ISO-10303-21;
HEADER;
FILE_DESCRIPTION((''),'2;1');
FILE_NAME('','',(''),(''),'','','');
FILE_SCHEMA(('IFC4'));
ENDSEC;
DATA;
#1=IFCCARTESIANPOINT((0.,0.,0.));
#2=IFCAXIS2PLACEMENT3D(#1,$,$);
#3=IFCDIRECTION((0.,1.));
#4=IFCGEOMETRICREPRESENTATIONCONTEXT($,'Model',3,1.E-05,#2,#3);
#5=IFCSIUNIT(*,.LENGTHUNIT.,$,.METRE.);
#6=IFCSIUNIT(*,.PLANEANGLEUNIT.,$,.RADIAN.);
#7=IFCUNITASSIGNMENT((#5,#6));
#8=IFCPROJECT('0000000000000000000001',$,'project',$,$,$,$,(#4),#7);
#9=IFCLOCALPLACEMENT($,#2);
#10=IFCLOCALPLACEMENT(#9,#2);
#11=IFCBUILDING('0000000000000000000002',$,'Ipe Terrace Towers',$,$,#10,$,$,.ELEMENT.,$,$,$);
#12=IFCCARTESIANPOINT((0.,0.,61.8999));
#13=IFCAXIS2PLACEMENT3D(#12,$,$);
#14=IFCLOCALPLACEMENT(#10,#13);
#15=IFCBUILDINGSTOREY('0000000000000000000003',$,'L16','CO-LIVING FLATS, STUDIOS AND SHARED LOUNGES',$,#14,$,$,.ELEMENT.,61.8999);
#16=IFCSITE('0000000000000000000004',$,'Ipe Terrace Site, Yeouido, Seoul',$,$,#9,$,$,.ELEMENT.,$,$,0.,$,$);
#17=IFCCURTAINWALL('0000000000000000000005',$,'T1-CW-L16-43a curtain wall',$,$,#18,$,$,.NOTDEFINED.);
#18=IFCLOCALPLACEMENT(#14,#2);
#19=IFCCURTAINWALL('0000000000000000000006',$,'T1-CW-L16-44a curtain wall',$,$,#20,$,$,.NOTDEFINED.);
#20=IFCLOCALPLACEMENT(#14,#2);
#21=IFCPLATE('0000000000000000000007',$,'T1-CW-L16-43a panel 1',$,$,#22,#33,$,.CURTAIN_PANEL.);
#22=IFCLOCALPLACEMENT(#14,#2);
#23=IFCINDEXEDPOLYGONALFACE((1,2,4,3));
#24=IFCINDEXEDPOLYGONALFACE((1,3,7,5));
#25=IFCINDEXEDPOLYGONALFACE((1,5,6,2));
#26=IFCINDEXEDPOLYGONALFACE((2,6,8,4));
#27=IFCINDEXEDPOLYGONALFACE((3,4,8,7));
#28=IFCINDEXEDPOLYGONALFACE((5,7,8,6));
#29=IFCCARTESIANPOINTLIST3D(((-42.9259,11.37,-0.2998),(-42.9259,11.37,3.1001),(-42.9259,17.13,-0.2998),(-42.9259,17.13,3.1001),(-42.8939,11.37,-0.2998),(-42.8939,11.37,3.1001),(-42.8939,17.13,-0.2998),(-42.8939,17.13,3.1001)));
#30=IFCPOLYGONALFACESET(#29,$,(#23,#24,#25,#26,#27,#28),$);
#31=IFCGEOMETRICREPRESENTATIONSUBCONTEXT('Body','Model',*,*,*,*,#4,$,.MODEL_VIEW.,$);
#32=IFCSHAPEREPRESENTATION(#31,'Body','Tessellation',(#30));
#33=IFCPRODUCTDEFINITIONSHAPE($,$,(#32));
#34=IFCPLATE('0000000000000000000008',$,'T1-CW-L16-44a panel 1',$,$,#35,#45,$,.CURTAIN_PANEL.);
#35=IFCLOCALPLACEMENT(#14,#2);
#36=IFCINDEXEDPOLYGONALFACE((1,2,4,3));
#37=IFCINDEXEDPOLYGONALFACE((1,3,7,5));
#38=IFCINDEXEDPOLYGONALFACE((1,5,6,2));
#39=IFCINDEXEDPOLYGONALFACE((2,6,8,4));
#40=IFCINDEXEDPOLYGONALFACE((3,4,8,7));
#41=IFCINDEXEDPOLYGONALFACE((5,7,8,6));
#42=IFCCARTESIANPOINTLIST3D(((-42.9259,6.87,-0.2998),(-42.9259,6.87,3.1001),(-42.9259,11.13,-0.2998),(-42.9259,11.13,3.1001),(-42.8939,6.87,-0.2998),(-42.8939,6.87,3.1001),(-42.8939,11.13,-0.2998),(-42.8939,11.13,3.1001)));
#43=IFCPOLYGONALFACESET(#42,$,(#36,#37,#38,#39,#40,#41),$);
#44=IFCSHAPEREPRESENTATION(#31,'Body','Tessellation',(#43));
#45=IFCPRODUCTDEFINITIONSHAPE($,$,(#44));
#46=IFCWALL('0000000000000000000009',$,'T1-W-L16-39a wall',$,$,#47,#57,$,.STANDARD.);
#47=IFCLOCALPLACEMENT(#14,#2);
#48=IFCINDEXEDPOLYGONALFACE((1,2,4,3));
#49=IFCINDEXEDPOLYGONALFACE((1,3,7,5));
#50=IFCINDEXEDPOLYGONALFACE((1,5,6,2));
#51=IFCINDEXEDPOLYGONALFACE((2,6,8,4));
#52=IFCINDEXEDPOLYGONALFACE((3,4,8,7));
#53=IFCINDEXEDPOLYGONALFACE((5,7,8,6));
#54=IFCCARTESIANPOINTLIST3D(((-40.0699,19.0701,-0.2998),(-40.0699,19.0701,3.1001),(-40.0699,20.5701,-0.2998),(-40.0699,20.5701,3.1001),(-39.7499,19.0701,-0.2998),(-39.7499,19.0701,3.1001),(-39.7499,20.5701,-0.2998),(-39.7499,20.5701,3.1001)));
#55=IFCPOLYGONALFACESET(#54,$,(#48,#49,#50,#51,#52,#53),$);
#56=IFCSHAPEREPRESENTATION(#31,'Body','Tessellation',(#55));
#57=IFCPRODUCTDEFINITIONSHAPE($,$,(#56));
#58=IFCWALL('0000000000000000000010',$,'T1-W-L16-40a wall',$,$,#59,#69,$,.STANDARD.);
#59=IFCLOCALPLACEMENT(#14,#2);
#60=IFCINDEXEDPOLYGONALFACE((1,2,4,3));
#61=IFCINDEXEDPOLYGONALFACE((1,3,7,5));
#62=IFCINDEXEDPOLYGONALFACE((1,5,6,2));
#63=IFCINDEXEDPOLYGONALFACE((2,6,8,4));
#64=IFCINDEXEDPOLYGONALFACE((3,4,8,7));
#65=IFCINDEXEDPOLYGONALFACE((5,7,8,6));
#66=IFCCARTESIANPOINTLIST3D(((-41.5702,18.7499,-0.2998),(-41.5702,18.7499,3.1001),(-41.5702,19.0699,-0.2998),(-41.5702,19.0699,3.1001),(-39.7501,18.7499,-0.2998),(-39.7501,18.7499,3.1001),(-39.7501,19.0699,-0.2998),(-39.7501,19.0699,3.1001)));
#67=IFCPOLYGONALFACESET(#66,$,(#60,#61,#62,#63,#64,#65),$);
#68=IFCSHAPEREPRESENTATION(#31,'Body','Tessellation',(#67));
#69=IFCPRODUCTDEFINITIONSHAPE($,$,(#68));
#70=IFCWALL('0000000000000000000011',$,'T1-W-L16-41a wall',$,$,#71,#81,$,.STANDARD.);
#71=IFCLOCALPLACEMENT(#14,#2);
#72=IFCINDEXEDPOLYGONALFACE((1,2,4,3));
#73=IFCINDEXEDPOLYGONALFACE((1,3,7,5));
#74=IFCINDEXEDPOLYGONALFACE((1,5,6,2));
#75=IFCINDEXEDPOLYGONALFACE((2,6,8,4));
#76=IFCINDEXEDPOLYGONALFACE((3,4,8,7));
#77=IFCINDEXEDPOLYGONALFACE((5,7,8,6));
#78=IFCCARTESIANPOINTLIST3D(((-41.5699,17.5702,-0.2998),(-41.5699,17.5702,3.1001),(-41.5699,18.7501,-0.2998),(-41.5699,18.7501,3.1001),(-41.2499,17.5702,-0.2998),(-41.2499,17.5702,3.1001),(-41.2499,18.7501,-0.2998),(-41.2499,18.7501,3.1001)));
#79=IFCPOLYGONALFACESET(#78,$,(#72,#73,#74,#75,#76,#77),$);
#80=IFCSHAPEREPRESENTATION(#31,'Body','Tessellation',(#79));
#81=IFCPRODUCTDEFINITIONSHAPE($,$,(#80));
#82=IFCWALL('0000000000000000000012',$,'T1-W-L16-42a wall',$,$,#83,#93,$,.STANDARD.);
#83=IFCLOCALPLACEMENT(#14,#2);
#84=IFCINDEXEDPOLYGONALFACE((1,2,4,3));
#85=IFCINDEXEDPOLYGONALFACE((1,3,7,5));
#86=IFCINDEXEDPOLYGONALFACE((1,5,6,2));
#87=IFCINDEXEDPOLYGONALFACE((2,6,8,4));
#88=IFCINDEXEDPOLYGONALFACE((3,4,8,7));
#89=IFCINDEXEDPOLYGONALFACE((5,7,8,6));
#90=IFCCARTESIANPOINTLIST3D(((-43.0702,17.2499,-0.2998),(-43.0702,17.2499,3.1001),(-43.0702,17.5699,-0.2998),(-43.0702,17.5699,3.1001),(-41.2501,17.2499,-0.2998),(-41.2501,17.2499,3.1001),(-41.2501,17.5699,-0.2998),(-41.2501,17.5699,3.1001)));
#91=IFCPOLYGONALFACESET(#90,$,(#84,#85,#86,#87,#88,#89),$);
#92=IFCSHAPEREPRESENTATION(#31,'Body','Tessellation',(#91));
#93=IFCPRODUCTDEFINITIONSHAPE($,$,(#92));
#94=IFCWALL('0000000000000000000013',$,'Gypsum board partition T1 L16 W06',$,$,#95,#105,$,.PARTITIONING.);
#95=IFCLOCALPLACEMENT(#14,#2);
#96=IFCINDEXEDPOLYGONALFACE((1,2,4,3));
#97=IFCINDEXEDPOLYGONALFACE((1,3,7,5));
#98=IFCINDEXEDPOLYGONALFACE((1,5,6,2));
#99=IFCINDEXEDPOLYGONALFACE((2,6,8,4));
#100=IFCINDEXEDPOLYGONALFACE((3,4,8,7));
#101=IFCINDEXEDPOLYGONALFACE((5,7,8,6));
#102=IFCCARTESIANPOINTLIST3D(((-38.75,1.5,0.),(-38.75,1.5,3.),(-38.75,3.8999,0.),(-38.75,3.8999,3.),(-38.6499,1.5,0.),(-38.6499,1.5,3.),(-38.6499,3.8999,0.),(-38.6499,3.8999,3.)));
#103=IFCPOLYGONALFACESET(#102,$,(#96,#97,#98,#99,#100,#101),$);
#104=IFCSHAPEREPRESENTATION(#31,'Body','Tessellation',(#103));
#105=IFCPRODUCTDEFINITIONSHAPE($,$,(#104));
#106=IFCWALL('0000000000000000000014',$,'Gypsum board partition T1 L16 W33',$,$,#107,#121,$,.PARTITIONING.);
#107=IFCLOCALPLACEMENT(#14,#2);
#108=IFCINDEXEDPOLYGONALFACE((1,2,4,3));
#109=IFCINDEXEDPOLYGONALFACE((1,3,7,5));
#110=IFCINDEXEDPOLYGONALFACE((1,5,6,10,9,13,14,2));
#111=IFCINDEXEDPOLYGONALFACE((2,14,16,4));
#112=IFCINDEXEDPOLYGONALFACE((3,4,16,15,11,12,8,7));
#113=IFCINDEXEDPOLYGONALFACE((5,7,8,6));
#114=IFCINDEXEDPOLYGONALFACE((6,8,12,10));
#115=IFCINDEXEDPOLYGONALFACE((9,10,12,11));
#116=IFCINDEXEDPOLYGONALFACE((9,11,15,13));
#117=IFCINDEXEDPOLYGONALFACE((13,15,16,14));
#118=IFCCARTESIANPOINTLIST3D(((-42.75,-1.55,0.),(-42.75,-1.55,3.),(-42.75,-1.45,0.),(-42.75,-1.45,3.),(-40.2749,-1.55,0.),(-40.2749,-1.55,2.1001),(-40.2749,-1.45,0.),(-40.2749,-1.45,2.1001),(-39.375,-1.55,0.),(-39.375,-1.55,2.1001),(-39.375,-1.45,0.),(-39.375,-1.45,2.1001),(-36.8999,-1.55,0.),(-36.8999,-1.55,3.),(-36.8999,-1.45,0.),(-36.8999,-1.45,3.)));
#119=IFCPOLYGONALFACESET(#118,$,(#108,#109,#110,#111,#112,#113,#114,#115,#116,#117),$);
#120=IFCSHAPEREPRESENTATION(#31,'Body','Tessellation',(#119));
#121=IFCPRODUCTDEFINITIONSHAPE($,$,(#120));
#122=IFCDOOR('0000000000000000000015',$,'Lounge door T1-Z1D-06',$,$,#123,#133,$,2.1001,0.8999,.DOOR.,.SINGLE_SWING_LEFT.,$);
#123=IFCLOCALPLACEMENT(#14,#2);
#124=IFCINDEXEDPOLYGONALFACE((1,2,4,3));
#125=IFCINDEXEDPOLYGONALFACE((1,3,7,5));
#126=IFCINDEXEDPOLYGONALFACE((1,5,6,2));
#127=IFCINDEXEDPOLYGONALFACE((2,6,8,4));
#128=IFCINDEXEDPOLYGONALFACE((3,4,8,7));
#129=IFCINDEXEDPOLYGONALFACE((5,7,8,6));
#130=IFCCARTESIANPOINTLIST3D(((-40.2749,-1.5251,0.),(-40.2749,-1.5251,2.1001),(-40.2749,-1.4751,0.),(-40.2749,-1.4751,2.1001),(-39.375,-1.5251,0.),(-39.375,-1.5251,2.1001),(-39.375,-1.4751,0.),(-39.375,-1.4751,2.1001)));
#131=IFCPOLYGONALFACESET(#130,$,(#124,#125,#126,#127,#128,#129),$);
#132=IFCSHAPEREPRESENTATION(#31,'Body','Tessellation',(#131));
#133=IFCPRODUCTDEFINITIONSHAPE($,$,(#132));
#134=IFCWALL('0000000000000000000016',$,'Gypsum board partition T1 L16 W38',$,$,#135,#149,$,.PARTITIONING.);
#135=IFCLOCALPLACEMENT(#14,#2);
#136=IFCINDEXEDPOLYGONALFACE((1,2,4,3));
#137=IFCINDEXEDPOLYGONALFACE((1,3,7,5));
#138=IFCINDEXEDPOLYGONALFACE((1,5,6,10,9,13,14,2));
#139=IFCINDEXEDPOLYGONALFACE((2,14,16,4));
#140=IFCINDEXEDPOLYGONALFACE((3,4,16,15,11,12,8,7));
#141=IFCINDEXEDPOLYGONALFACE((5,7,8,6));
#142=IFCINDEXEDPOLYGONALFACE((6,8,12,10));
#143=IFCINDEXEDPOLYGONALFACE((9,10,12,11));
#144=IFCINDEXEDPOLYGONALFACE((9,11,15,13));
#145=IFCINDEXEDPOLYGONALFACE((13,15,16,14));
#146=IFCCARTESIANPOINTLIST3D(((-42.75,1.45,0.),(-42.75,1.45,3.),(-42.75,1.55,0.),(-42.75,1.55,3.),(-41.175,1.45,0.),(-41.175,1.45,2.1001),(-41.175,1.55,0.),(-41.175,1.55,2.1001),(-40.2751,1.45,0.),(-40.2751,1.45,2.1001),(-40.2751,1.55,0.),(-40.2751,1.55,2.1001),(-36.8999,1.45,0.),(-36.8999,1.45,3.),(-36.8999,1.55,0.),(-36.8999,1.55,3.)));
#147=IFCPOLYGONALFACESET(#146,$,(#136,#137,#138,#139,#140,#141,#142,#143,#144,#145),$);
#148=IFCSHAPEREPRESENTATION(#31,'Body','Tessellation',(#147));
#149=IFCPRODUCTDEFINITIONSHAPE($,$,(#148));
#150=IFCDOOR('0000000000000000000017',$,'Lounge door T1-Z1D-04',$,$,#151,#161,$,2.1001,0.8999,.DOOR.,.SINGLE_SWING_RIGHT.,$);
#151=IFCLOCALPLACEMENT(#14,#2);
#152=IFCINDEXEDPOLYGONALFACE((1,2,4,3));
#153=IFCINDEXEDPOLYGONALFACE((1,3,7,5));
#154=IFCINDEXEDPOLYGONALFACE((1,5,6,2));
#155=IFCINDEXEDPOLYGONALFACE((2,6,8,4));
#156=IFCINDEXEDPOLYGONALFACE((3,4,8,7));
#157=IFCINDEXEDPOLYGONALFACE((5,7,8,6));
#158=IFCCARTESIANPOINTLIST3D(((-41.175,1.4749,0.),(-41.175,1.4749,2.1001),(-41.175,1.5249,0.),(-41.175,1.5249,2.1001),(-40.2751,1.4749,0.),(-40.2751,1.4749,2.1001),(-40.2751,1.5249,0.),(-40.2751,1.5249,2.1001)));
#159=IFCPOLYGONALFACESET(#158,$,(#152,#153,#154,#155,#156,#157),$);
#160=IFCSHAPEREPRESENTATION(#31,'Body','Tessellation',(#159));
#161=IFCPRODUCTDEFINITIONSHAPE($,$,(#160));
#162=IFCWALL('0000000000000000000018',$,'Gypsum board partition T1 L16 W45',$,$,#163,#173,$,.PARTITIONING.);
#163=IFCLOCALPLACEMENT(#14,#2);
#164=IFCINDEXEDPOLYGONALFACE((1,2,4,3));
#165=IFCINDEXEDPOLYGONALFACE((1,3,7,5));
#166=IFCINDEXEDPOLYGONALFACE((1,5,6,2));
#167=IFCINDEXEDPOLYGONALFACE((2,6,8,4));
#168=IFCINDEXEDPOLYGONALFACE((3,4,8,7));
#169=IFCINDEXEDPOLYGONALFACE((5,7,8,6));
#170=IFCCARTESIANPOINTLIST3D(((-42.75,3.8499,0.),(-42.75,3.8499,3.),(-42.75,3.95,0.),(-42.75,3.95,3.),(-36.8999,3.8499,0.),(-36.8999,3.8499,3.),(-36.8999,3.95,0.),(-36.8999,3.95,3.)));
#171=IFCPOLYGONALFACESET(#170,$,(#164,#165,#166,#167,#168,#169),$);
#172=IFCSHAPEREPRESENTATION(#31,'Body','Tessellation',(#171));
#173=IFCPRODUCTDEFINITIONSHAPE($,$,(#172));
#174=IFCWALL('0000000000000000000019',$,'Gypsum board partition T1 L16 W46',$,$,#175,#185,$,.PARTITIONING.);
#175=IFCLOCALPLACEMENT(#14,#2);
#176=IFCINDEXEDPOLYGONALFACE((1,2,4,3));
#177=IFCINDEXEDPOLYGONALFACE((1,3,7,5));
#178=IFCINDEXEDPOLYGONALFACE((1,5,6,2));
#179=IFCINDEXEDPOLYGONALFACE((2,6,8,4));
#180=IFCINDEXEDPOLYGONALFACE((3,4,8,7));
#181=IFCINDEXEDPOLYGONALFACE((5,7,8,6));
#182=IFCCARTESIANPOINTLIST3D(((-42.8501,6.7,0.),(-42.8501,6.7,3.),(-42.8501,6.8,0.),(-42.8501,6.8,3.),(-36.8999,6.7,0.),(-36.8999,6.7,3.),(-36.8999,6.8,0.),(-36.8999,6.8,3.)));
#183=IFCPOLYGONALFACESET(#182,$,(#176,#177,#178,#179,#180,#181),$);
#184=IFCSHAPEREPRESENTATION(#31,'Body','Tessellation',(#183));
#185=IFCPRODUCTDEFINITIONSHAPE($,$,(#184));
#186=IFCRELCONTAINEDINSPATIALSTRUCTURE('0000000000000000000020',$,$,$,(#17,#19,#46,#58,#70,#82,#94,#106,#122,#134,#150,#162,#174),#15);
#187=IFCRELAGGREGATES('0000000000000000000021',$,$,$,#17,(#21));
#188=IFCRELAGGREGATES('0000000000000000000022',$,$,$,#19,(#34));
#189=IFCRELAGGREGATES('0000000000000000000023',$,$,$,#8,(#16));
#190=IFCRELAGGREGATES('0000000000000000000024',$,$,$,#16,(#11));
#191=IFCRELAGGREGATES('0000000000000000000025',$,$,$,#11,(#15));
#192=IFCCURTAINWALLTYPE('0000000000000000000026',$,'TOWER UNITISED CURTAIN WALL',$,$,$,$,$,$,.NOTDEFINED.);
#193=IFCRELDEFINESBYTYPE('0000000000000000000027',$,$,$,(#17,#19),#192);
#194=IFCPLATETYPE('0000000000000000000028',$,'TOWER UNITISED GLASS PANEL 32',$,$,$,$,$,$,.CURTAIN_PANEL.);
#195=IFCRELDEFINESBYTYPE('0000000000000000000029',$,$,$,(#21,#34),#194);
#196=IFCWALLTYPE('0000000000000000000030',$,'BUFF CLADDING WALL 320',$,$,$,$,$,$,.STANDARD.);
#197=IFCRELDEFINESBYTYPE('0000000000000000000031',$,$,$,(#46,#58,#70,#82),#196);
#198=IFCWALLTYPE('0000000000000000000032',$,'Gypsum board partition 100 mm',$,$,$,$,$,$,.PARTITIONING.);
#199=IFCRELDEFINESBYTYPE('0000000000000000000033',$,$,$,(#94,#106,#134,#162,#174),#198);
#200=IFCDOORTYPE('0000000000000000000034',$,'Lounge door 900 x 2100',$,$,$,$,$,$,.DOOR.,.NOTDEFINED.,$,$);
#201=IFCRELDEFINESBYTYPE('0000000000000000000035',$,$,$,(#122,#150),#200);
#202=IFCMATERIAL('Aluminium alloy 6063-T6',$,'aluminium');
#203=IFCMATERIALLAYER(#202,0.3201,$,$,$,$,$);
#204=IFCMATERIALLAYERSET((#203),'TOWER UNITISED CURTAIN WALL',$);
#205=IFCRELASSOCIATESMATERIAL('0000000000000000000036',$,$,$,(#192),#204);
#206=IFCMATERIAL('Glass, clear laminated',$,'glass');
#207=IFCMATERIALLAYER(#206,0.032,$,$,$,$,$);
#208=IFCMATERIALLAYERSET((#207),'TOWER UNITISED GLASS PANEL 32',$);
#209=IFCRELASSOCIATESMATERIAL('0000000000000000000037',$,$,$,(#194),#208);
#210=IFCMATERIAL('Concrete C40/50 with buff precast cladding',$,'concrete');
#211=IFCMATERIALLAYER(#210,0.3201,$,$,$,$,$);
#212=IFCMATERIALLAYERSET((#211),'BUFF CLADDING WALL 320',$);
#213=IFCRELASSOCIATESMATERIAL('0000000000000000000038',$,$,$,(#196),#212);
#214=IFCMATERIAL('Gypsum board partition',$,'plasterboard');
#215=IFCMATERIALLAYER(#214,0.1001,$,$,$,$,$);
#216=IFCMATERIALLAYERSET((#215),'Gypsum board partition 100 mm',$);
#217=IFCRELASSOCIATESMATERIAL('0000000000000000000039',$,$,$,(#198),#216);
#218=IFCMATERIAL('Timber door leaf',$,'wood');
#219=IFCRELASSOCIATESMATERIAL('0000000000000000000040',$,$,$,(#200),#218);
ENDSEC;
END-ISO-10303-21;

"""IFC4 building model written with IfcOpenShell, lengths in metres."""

from ifc_helpers import new_model, si_unit, direction, frame, frame_2d, origin, origin_2d, place, context, subcontext, project, spatial, rectangle, extrude, material, layer, layer_set, type_object, element, fill, aggregate, save


model = new_model("IFC4")

# Units and contexts
model_context = context("Model", 3, precision=1e-05, world=origin(), true_north=direction((0.0, 1.0)))
body_context = subcontext(model_context, "Body", "Model", "MODEL_VIEW")
ifc_project = project(units=[si_unit("LENGTHUNIT", "METRE"), si_unit("PLANEANGLEUNIT", "RADIAN")], contexts=[model_context])

# Site, building, storey
site_placement = place(None, origin())
site = spatial("IfcSite", under=ifc_project, at=site_placement, Name="Ipe Terrace Site, Yeouido, Seoul", CompositionType="ELEMENT", RefElevation=0.0)
building_placement = place(site_placement, origin())
building = spatial("IfcBuilding", under=site, at=building_placement, Name="Ipe Terrace Towers", CompositionType="ELEMENT")
storey_placement = place(building_placement, frame((0.0, 0.0, 61.8999)))
storey = spatial("IfcBuildingStorey", under=building, at=storey_placement, Name="L16", Description="CO-LIVING FLATS, STUDIOS AND SHARED LOUNGES", CompositionType="ELEMENT", Elevation=61.8999)

# Shared definitions
ifc_material_1 = material(Name="Aluminium alloy 6063-T6", Category="aluminium")
ifc_layer_1 = layer(ifc_material_1, 0.3201)
ifc_layer_set_1 = layer_set([ifc_layer_1], Name="TOWER UNITISED CURTAIN WALL")
curtain_wall_type = type_object("IfcCurtainWallType", Name="TOWER UNITISED CURTAIN WALL", PredefinedType="NOTDEFINED", material=ifc_layer_set_1)

# Curtain walls
curtain_wall_1_placement = place(storey_placement, origin())
curtain_wall_1 = element("IfcCurtainWall", 1, at=curtain_wall_1_placement, inside=storey, type_object=curtain_wall_type, Name="T1-CW-L16-43a curtain wall", PredefinedType="NOTDEFINED")
curtain_wall_2_placement = place(storey_placement, origin())
curtain_wall_2 = element("IfcCurtainWall", 2, at=curtain_wall_2_placement, inside=storey, type_object=curtain_wall_type, Name="T1-CW-L16-44a curtain wall", PredefinedType="NOTDEFINED")

# Plates
ifc_material_2 = material(Name="Glass, clear laminated", Category="glass")
ifc_layer_2 = layer(ifc_material_2, 0.032)
ifc_layer_set_2 = layer_set([ifc_layer_2], Name="TOWER UNITISED GLASS PANEL 32")
plate_type = type_object("IfcPlateType", Name="TOWER UNITISED GLASS PANEL 32", PredefinedType="CURTAIN_PANEL", material=ifc_layer_set_2)
plate_1_placement = place(storey_placement, frame((-42.9099, 14.25, -0.2998), z_axis=(0.0, 0.0, 1.0), x_axis=(0.0, -1.0, 0.0)))
plate_1 = element("IfcPlate", 3, at=plate_1_placement, type_object=plate_type, Name="T1-CW-L16-43a panel 1", PredefinedType="CURTAIN_PANEL", context=body_context, shape_type="SweptSolid", body=[
    extrude(rectangle(XDim=5.76, YDim=0.032, at=origin_2d()), origin(), (0.0, 0.0, 1.0), 3.3999),
])
aggregate(curtain_wall_1, [plate_1])
plate_2_placement = place(storey_placement, frame((-42.9099, 9.0, -0.2998), z_axis=(0.0, 0.0, 1.0), x_axis=(0.0, -1.0, 0.0)))
plate_2 = element("IfcPlate", 4, at=plate_2_placement, type_object=plate_type, Name="T1-CW-L16-44a panel 1", PredefinedType="CURTAIN_PANEL", context=body_context, shape_type="SweptSolid", body=[
    extrude(rectangle(XDim=4.26, YDim=0.032, at=origin_2d()), origin(), (0.0, 0.0, 1.0), 3.3999),
])
aggregate(curtain_wall_2, [plate_2])

# Walls
ifc_material_3 = material(Name="Concrete C40/50 with buff precast cladding", Category="concrete")
ifc_layer_3 = layer(ifc_material_3, 0.3201)
ifc_layer_set_3 = layer_set([ifc_layer_3], Name="BUFF CLADDING WALL 320")
wall_type_1 = type_object("IfcWallType", Name="BUFF CLADDING WALL 320", PredefinedType="STANDARD", material=ifc_layer_set_3)
wall_1_placement = place(storey_placement, frame((-39.9099, 20.5701, -0.2998), z_axis=(0.0, 0.0, 1.0), x_axis=(0.0, -1.0, 0.0)))
element("IfcWall", 5, at=wall_1_placement, inside=storey, type_object=wall_type_1, Name="T1-W-L16-39a wall", PredefinedType="STANDARD", context=body_context, shape_type="SweptSolid", body=[
    extrude(rectangle(XDim=1.5, YDim=0.3201, at=frame_2d((0.75, 0.0))), origin(), (0.0, 0.0, 1.0), 3.3999),
])
wall_2_placement = place(storey_placement, frame((-39.75, 18.9099, -0.2998), z_axis=(0.0, 0.0, 1.0), x_axis=(-1.0, 0.0, 0.0)))
element("IfcWall", 6, at=wall_2_placement, inside=storey, type_object=wall_type_1, Name="T1-W-L16-40a wall", PredefinedType="STANDARD", context=body_context, shape_type="SweptSolid", body=[
    extrude(rectangle(XDim=1.8201, YDim=0.3201, at=frame_2d((0.9102, 0.0))), origin(), (0.0, 0.0, 1.0), 3.3999),
])
wall_3_placement = place(storey_placement, frame((-41.4099, 18.75, -0.2998), z_axis=(0.0, 0.0, 1.0), x_axis=(0.0, -1.0, 0.0)))
element("IfcWall", 7, at=wall_3_placement, inside=storey, type_object=wall_type_1, Name="T1-W-L16-41a wall", PredefinedType="STANDARD", context=body_context, shape_type="SweptSolid", body=[
    extrude(rectangle(XDim=1.1799, YDim=0.3201, at=frame_2d((0.5898, 0.0))), origin(), (0.0, 0.0, 1.0), 3.3999),
])
wall_4_placement = place(storey_placement, frame((-41.25, 17.4099, -0.2998), z_axis=(0.0, 0.0, 1.0), x_axis=(-1.0, 0.0, 0.0)))
element("IfcWall", 8, at=wall_4_placement, inside=storey, type_object=wall_type_1, Name="T1-W-L16-42a wall", PredefinedType="STANDARD", context=body_context, shape_type="SweptSolid", body=[
    extrude(rectangle(XDim=1.8201, YDim=0.3201, at=frame_2d((0.9102, 0.0))), origin(), (0.0, 0.0, 1.0), 3.3999),
])
ifc_material_4 = material(Name="Gypsum board partition", Category="plasterboard")
ifc_layer_4 = layer(ifc_material_4, 0.1001)
ifc_layer_set_4 = layer_set([ifc_layer_4], Name="Gypsum board partition 100 mm")
wall_type_2 = type_object("IfcWallType", Name="Gypsum board partition 100 mm", PredefinedType="PARTITIONING", material=ifc_layer_set_4)
wall_5_placement = place(storey_placement, frame((-38.7, 1.5, 0.0), z_axis=(0.0, 0.0, 1.0), x_axis=(0.0, 1.0, 0.0)))
element("IfcWall", 9, at=wall_5_placement, inside=storey, type_object=wall_type_2, Name="Gypsum board partition T1 L16 W06", PredefinedType="PARTITIONING", context=body_context, shape_type="SweptSolid", body=[
    extrude(rectangle(XDim=2.3999, YDim=0.1001, at=frame_2d((1.2, 0.0))), origin(), (0.0, 0.0, 1.0), 3.0),
])

# Walls, openings, doors
wall_6_placement = place(storey_placement, frame((-42.75, -1.5, 0.0), z_axis=(0.0, 0.0, 1.0), x_axis=(1.0, 0.0, 0.0)))
wall_6 = element("IfcWall", 10, at=wall_6_placement, inside=storey, type_object=wall_type_2, Name="Gypsum board partition T1 L16 W33", PredefinedType="PARTITIONING", context=body_context, shape_type="SweptSolid", body=[
    extrude(rectangle(XDim=5.8501, YDim=0.1001, at=frame_2d((2.925, 0.0))), origin(), (0.0, 0.0, 1.0), 3.0),
])
opening_1_placement = place(wall_6_placement, frame((2.4751, 0.0, 0.0)))
opening_1 = element("IfcOpeningElement", 11, at=opening_1_placement, cuts=wall_6, PredefinedType="OPENING", context=body_context, shape_type="SweptSolid", body=[
    extrude(rectangle(XDim=0.8999, YDim=2.1001, at=frame_2d((0.45, 1.05))), frame((0.0, 0.0601, 0.0), z_axis=(0.0, -1.0, 0.0), x_axis=(1.0, 0.0, 0.0)), (0.0, 0.0, 1.0), 0.1201),
])
ifc_material_5 = material(Name="Timber door leaf", Category="wood")
door_type_1 = type_object("IfcDoorType", Name="Lounge door 900 x 2100", OperationType="NOTDEFINED", PredefinedType="DOOR", material=ifc_material_5)
door_1_placement = place(opening_1_placement, origin())
door_1 = element("IfcDoor", 12, at=door_1_placement, inside=storey, type_object=door_type_1, Name="Lounge door T1-Z1D-06", OperationType="SINGLE_SWING_LEFT", OverallHeight=2.1001, OverallWidth=0.8999, PredefinedType="DOOR", context=body_context, shape_type="SweptSolid", body=[
    extrude(rectangle(XDim=0.8999, YDim=2.1001, at=frame_2d((0.45, 1.05))), frame((0.0, 0.0249, 0.0), z_axis=(0.0, -1.0, 0.0), x_axis=(1.0, 0.0, 0.0)), (0.0, 0.0, 1.0), 0.05),
])
fill(opening_1, door_1)
wall_7_placement = place(storey_placement, frame((-42.75, 1.5, 0.0), z_axis=(0.0, 0.0, 1.0), x_axis=(1.0, 0.0, 0.0)))
wall_7 = element("IfcWall", 13, at=wall_7_placement, inside=storey, type_object=wall_type_2, Name="Gypsum board partition T1 L16 W38", PredefinedType="PARTITIONING", context=body_context, shape_type="SweptSolid", body=[
    extrude(rectangle(XDim=5.8501, YDim=0.1001, at=frame_2d((2.925, 0.0))), origin(), (0.0, 0.0, 1.0), 3.0),
])
opening_2_placement = place(wall_7_placement, frame((1.575, 0.0, 0.0)))
opening_2 = element("IfcOpeningElement", 14, at=opening_2_placement, cuts=wall_7, PredefinedType="OPENING", context=body_context, shape_type="SweptSolid", body=[
    extrude(rectangle(XDim=0.8999, YDim=2.1001, at=frame_2d((0.45, 1.05))), frame((0.0, 0.0601, 0.0), z_axis=(0.0, -1.0, 0.0), x_axis=(1.0, 0.0, 0.0)), (0.0, 0.0, 1.0), 0.1201),
])
door_2_placement = place(opening_2_placement, origin())
door_2 = element("IfcDoor", 15, at=door_2_placement, inside=storey, type_object=door_type_1, Name="Lounge door T1-Z1D-04", OperationType="SINGLE_SWING_RIGHT", OverallHeight=2.1001, OverallWidth=0.8999, PredefinedType="DOOR", context=body_context, shape_type="SweptSolid", body=[
    extrude(rectangle(XDim=0.8999, YDim=2.1001, at=frame_2d((0.45, 1.05))), frame((0.0, 0.0249, 0.0), z_axis=(0.0, -1.0, 0.0), x_axis=(1.0, 0.0, 0.0)), (0.0, 0.0, 1.0), 0.05),
])
fill(opening_2, door_2)

# Walls
wall_8_placement = place(storey_placement, frame((-42.75, 3.8999, 0.0), z_axis=(0.0, 0.0, 1.0), x_axis=(1.0, 0.0, 0.0)))
element("IfcWall", 16, at=wall_8_placement, inside=storey, type_object=wall_type_2, Name="Gypsum board partition T1 L16 W45", PredefinedType="PARTITIONING", context=body_context, shape_type="SweptSolid", body=[
    extrude(rectangle(XDim=5.8501, YDim=0.1001, at=frame_2d((2.925, 0.0))), origin(), (0.0, 0.0, 1.0), 3.0),
])
wall_9_placement = place(storey_placement, frame((-42.8501, 6.75, 0.0), z_axis=(0.0, 0.0, 1.0), x_axis=(1.0, 0.0, 0.0)))
element("IfcWall", 17, at=wall_9_placement, inside=storey, type_object=wall_type_2, Name="Gypsum board partition T1 L16 W46", PredefinedType="PARTITIONING", context=body_context, shape_type="SweptSolid", body=[
    extrude(rectangle(XDim=5.9502, YDim=0.1001, at=frame_2d((2.9751, 0.0))), origin(), (0.0, 0.0, 1.0), 3.0),
])

save(model, "model.ifc")
